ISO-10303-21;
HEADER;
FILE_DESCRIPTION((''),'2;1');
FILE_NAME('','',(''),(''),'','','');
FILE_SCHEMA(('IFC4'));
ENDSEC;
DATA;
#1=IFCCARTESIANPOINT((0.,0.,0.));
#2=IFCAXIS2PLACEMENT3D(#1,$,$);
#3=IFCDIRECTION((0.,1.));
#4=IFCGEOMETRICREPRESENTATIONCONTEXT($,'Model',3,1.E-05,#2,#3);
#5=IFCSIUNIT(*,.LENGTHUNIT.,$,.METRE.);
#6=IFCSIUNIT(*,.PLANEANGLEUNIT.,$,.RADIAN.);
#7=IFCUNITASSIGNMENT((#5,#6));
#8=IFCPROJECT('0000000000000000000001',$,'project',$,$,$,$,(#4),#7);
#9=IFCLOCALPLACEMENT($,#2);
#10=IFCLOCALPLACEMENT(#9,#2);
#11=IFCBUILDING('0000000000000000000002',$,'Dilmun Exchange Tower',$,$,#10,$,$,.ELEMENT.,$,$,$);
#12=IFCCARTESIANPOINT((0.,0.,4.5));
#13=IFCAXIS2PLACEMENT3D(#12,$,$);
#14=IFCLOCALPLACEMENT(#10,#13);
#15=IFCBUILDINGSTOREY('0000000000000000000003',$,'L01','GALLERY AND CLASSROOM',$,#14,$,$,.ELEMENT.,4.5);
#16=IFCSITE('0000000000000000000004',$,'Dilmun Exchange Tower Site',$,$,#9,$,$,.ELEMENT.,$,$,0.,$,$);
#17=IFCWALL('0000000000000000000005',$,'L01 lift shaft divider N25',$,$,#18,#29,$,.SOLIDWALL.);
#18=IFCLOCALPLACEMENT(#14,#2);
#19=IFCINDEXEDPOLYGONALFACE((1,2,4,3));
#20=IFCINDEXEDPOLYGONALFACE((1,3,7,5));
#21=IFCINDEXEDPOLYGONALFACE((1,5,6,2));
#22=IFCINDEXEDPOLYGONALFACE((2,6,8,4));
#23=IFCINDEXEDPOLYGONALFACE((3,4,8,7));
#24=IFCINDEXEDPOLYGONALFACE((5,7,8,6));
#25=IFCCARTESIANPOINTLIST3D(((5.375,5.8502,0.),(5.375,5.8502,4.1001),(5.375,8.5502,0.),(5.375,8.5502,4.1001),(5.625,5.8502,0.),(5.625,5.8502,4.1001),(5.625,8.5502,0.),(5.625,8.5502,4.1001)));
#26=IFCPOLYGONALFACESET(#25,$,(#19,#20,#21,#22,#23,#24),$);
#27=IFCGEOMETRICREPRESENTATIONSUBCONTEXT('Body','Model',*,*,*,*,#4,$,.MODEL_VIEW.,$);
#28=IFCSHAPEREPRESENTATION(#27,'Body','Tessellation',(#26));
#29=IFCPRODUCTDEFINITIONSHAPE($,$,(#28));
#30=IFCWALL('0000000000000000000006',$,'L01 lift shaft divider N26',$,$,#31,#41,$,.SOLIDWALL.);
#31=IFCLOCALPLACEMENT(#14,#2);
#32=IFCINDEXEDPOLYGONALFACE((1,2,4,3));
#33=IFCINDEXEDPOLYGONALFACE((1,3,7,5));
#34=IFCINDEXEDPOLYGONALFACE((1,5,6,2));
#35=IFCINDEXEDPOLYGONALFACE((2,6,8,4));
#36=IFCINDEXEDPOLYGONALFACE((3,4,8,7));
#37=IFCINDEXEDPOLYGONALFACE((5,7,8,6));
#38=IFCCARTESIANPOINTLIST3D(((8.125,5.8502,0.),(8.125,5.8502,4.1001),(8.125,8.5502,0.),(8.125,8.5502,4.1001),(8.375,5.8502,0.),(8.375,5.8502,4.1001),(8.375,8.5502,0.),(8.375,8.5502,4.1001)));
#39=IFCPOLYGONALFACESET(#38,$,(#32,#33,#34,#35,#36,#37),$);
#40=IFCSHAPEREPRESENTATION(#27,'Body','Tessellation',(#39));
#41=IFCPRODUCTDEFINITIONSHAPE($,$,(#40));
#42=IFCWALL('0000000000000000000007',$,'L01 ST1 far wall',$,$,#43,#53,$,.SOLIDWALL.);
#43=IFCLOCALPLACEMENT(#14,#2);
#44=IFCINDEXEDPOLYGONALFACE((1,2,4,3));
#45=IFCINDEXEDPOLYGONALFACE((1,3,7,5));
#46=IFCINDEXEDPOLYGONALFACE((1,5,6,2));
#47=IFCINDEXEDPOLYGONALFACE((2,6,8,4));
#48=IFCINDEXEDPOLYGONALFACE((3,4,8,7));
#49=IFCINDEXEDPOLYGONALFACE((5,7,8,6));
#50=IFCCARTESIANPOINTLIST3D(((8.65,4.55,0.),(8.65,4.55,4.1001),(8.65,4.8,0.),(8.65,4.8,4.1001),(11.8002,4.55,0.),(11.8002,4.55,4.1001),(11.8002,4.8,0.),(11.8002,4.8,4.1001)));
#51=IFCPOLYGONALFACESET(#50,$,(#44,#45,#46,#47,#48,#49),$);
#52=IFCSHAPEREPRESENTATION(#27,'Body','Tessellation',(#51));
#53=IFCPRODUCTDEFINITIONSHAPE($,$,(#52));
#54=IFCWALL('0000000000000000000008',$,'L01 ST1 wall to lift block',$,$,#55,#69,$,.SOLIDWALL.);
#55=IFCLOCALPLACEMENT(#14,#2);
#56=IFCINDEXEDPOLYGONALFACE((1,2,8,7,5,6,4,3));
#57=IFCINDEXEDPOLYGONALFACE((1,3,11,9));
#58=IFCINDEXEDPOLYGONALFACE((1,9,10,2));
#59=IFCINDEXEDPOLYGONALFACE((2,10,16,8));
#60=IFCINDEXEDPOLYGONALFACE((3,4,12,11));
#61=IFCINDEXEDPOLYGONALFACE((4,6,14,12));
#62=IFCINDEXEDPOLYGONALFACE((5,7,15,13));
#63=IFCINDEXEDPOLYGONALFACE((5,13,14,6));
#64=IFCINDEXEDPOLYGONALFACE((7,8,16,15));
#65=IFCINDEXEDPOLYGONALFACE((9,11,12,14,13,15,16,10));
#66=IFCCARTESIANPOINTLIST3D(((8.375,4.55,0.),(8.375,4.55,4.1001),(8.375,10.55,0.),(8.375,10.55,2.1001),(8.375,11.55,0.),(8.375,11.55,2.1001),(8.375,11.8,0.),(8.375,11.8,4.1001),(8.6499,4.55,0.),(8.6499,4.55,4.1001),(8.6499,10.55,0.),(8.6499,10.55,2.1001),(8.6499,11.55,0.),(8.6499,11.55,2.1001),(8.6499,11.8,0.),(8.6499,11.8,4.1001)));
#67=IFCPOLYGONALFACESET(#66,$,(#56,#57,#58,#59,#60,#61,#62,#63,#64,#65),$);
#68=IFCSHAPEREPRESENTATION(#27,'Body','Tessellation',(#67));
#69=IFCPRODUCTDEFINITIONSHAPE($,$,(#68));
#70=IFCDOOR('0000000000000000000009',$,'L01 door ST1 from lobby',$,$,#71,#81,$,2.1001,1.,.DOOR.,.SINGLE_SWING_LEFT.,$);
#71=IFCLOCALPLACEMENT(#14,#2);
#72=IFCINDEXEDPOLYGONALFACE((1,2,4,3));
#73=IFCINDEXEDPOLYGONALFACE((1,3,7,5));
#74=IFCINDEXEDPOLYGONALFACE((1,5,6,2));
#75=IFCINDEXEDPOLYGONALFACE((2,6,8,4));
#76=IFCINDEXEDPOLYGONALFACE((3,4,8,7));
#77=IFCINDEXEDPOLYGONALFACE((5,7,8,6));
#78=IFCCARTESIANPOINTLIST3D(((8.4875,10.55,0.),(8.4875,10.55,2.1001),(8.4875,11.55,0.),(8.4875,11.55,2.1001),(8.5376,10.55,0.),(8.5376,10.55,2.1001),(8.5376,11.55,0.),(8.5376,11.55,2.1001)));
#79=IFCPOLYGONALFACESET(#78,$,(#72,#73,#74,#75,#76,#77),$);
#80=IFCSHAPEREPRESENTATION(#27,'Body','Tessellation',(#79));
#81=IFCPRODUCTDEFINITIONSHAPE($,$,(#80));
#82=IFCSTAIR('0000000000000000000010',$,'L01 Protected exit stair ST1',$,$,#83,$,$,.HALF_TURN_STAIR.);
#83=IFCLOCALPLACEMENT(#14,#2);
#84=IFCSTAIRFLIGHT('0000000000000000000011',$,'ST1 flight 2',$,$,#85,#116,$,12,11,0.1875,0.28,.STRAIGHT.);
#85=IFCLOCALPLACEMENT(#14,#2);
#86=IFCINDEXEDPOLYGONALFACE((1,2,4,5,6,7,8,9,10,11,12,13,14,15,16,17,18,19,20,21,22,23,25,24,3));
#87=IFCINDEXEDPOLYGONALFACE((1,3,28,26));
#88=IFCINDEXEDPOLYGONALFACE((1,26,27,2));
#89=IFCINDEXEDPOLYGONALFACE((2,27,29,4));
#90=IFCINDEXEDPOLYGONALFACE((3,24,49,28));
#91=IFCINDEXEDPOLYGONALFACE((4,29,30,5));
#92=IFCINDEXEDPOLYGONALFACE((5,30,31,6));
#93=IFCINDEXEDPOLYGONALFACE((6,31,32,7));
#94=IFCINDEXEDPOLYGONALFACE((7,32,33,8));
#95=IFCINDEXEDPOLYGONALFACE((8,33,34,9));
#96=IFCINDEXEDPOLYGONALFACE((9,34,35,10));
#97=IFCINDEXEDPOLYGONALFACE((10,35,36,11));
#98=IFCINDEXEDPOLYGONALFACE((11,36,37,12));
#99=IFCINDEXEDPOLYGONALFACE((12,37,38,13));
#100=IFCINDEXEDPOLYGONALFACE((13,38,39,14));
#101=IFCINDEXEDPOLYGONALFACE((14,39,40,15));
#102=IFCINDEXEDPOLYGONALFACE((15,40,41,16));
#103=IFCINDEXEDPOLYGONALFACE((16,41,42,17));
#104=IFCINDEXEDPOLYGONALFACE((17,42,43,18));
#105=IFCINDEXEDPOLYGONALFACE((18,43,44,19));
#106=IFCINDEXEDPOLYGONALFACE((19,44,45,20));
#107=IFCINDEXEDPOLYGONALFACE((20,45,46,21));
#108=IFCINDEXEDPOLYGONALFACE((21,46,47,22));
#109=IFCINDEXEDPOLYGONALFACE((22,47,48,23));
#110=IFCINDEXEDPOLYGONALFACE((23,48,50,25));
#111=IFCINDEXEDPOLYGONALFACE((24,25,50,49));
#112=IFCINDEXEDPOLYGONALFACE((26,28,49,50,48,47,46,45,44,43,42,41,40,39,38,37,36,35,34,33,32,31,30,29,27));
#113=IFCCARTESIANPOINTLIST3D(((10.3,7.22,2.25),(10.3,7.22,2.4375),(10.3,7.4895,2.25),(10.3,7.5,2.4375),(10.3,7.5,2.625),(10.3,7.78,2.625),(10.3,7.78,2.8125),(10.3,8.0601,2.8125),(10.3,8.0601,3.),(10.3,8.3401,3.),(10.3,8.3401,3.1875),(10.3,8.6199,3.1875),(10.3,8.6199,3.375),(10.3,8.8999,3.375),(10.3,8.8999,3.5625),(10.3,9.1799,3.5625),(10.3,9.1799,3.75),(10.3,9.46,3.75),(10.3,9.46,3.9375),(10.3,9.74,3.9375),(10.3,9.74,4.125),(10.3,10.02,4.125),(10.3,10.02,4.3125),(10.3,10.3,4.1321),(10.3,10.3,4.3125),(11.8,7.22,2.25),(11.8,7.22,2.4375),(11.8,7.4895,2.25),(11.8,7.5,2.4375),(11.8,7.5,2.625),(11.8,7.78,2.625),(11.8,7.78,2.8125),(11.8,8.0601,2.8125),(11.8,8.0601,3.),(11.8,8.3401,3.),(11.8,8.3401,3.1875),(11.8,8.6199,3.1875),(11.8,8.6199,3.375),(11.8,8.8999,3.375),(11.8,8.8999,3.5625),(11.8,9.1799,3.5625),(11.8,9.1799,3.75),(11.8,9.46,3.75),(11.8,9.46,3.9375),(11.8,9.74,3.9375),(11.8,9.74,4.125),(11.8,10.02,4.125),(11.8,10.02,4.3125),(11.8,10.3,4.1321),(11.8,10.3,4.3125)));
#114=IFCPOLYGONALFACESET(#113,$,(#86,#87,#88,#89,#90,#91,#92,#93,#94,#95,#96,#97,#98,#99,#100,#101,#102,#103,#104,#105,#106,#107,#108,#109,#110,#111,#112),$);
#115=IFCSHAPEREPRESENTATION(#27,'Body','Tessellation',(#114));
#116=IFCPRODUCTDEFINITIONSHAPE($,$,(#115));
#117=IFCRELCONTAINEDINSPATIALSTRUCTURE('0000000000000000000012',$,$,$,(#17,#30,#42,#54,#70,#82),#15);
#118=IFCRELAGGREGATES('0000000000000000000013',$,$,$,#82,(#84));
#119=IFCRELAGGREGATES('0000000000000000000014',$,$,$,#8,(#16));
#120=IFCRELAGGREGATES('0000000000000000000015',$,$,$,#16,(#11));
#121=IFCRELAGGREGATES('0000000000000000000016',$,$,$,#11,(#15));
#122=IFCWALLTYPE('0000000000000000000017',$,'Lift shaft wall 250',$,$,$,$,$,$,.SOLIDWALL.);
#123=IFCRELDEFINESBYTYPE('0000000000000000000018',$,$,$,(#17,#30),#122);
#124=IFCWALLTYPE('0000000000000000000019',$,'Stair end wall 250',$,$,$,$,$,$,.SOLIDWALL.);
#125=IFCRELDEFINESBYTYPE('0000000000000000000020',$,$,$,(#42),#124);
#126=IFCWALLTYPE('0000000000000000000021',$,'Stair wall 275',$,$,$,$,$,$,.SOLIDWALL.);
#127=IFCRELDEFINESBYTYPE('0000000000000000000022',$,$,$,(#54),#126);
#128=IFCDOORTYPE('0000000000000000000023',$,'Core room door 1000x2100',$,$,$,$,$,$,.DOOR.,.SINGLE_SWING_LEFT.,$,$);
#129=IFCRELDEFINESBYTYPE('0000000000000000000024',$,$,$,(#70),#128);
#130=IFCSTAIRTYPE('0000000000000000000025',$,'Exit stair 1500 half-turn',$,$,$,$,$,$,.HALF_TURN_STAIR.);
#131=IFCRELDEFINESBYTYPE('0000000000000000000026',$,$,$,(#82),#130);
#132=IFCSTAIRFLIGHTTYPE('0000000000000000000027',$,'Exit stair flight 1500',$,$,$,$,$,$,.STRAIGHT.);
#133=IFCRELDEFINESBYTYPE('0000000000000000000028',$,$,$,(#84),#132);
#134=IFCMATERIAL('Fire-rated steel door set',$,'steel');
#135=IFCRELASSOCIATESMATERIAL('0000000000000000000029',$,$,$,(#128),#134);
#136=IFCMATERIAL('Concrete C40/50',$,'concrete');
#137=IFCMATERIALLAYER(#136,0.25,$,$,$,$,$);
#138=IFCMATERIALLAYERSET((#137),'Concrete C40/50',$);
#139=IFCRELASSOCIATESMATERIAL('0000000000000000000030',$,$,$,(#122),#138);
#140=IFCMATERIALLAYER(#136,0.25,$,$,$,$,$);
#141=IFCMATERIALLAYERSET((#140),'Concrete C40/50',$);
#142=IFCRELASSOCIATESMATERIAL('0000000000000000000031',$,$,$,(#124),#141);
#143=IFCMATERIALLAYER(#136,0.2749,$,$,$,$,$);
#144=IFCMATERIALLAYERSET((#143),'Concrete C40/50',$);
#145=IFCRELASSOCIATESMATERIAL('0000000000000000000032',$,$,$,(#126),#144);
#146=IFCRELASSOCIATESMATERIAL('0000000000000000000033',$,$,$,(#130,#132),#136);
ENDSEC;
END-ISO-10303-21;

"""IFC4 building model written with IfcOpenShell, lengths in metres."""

from ifc_helpers import new_model, si_unit, direction, frame, frame_2d, origin, place, context, subcontext, project, spatial, polyline, rectangle, outline, extrude, material, layer, layer_set, type_object, element, fill, aggregate, save


model = new_model("IFC4")

# Units and contexts
model_context = context("Model", 3, precision=1e-05, world=origin(), true_north=direction((0.0, 1.0)))
body_context = subcontext(model_context, "Body", "Model", "MODEL_VIEW")
ifc_project = project(units=[si_unit("LENGTHUNIT", "METRE"), si_unit("PLANEANGLEUNIT", "RADIAN")], contexts=[model_context])

# Site, building, storey
site_placement = place(None, origin())
site = spatial("IfcSite", under=ifc_project, at=site_placement, Name="Dilmun Exchange Tower Site", CompositionType="ELEMENT", RefElevation=0.0)
building_placement = place(site_placement, origin())
building = spatial("IfcBuilding", under=site, at=building_placement, Name="Dilmun Exchange Tower", CompositionType="ELEMENT")
storey_placement = place(building_placement, frame((0.0, 0.0, 4.5)))
storey = spatial("IfcBuildingStorey", under=building, at=storey_placement, Name="L01", Description="GALLERY AND CLASSROOM", CompositionType="ELEMENT", Elevation=4.5)

# Shared definitions
ifc_material_1 = material(Name="Concrete C40/50", Category="concrete")

# Shared definitions
ifc_material_2 = material(Name="Fire-rated steel door set", Category="steel")
door_type_1 = type_object("IfcDoorType", Name="Core room door 1000x2100", OperationType="SINGLE_SWING_LEFT", PredefinedType="DOOR", material=ifc_material_2)

# Shared definitions
ifc_layer_1 = layer(ifc_material_1, 0.25)
ifc_layer_set_1 = layer_set([ifc_layer_1], Name="Concrete C40/50")
wall_type_1 = type_object("IfcWallType", Name="Lift shaft wall 250", PredefinedType="SOLIDWALL", material=ifc_layer_set_1)

# Walls
for number, where, z_axis, x_axis, name in (
    (1, (5.5, 5.8501, 0.0), (0.0, 0.0, 1.0), (0.0, 1.0, 0.0), "L01 lift shaft divider N25"),
    (2, (8.25, 5.8501, 0.0), (0.0, 0.0, 1.0), (0.0, 1.0, 0.0), "L01 lift shaft divider N26"),
):
    element("IfcWall", number, at=place(storey_placement, frame(where, z_axis=z_axis, x_axis=x_axis)), inside=storey, type_object=wall_type_1, Name=name, PredefinedType="SOLIDWALL", context=body_context, shape_type="SweptSolid", body=[
        extrude(rectangle(XDim=2.7, YDim=0.25, at=frame_2d((1.3501, 0.0))), origin(), (0.0, 0.0, 1.0), 4.1001),
    ])
ifc_layer_2 = layer(ifc_material_1, 0.25)
ifc_layer_set_2 = layer_set([ifc_layer_2], Name="Concrete C40/50")
wall_type_2 = type_object("IfcWallType", Name="Stair end wall 250", PredefinedType="SOLIDWALL", material=ifc_layer_set_2)
wall_1_placement = place(storey_placement, frame((8.6499, 4.675, 0.0), z_axis=(0.0, 0.0, 1.0), x_axis=(1.0, 0.0, 0.0)))
element("IfcWall", 3, at=wall_1_placement, inside=storey, type_object=wall_type_2, Name="L01 ST1 far wall", PredefinedType="SOLIDWALL", context=body_context, shape_type="SweptSolid", body=[
    extrude(rectangle(XDim=3.1501, YDim=0.25, at=frame_2d((1.5752, 0.0))), origin(), (0.0, 0.0, 1.0), 4.1001),
])

# Wall, opening, door
ifc_layer_3 = layer(ifc_material_1, 0.2749)
ifc_layer_set_3 = layer_set([ifc_layer_3], Name="Concrete C40/50")
wall_type_3 = type_object("IfcWallType", Name="Stair wall 275", PredefinedType="SOLIDWALL", material=ifc_layer_set_3)
wall_2_placement = place(storey_placement, frame((8.5125, 4.55, 0.0), z_axis=(0.0, 0.0, 1.0), x_axis=(0.0, 1.0, 0.0)))
wall_2 = element("IfcWall", 4, at=wall_2_placement, inside=storey, type_object=wall_type_3, Name="L01 ST1 wall to lift block", PredefinedType="SOLIDWALL", context=body_context, shape_type="SweptSolid", body=[
    extrude(rectangle(XDim=7.25, YDim=0.2749, at=frame_2d((3.625, 0.0))), origin(), (0.0, 0.0, 1.0), 4.1001),
])
opening_1_placement = place(wall_2_placement, frame((6.0, 0.0, 0.0)))
opening_1 = element("IfcOpeningElement", 5, at=opening_1_placement, cuts=wall_2, PredefinedType="OPENING", context=body_context, shape_type="SweptSolid", body=[
    extrude(rectangle(XDim=1.0, YDim=2.1001, at=frame_2d((0.5, 1.05))), frame((0.0, 0.1475, 0.0), z_axis=(0.0, -1.0, 0.0), x_axis=(1.0, 0.0, 0.0)), (0.0, 0.0, 1.0), 0.2949),
])
door_1_placement = place(opening_1_placement, origin())
door_1 = element("IfcDoor", 6, at=door_1_placement, inside=storey, type_object=door_type_1, Name="L01 door ST1 from lobby", OperationType="SINGLE_SWING_LEFT", OverallHeight=2.1001, OverallWidth=1.0, PredefinedType="DOOR", context=body_context, shape_type="SweptSolid", body=[
    extrude(rectangle(XDim=1.0, YDim=2.1001, at=frame_2d((0.5, 1.05))), frame((0.0, 0.0249, 0.0), z_axis=(0.0, -1.0, 0.0), x_axis=(1.0, 0.0, 0.0)), (0.0, 0.0, 1.0), 0.05),
])
fill(opening_1, door_1)

# Stair, stair flight
stair_type = type_object("IfcStairType", Name="Exit stair 1500 half-turn", PredefinedType="HALF_TURN_STAIR", material=ifc_material_1)
stair_placement = place(storey_placement, origin())
stair = element("IfcStair", 7, at=stair_placement, inside=storey, type_object=stair_type, Name="L01 Protected exit stair ST1", PredefinedType="HALF_TURN_STAIR")
stair_flight_type = type_object("IfcStairFlightType", Name="Exit stair flight 1500", PredefinedType="STRAIGHT", material=ifc_material_1)
stair_flight_placement = place(storey_placement, frame((11.05, 7.22, 2.25), z_axis=(0.0, 0.0, 1.0), x_axis=(0.0, 1.0, 0.0)))
stair_flight = element("IfcStairFlight", 8, at=stair_flight_placement, type_object=stair_flight_type, Name="ST1 flight 2", NumberOfRisers=12, NumberOfTreads=11, PredefinedType="STRAIGHT", RiserHeight=0.1875, TreadLength=0.28, context=body_context, shape_type="SweptSolid", body=[
    extrude(outline(polyline([(0.0, 0.0), (0.0, 0.1875), (0.28, 0.1875), (0.28, 0.375), (0.5601, 0.375), (0.5601, 0.5625), (0.8401, 0.5625), (0.8401, 0.75), (1.1201, 0.75), (1.1201, 0.9375), (1.3999, 0.9375), (1.3999, 1.125), (1.6799, 1.125), (1.6799, 1.3125), (1.96, 1.3125), (1.96, 1.5), (2.24, 1.5), (2.24, 1.6875), (2.52, 1.6875), (2.52, 1.875), (2.8, 1.875), (2.8, 2.0625), (3.0801, 2.0625), (3.0801, 2.25), (3.0801, 1.8821), (0.2695, 0.0), (0.0, 0.0)])), frame((0.0, 0.75, 0.0), z_axis=(0.0, -1.0, 0.0), x_axis=(1.0, 0.0, 0.0)), (0.0, 0.0, 1.0), 1.5),
])
aggregate(stair, [stair_flight])

save(model, "model.ifc")
